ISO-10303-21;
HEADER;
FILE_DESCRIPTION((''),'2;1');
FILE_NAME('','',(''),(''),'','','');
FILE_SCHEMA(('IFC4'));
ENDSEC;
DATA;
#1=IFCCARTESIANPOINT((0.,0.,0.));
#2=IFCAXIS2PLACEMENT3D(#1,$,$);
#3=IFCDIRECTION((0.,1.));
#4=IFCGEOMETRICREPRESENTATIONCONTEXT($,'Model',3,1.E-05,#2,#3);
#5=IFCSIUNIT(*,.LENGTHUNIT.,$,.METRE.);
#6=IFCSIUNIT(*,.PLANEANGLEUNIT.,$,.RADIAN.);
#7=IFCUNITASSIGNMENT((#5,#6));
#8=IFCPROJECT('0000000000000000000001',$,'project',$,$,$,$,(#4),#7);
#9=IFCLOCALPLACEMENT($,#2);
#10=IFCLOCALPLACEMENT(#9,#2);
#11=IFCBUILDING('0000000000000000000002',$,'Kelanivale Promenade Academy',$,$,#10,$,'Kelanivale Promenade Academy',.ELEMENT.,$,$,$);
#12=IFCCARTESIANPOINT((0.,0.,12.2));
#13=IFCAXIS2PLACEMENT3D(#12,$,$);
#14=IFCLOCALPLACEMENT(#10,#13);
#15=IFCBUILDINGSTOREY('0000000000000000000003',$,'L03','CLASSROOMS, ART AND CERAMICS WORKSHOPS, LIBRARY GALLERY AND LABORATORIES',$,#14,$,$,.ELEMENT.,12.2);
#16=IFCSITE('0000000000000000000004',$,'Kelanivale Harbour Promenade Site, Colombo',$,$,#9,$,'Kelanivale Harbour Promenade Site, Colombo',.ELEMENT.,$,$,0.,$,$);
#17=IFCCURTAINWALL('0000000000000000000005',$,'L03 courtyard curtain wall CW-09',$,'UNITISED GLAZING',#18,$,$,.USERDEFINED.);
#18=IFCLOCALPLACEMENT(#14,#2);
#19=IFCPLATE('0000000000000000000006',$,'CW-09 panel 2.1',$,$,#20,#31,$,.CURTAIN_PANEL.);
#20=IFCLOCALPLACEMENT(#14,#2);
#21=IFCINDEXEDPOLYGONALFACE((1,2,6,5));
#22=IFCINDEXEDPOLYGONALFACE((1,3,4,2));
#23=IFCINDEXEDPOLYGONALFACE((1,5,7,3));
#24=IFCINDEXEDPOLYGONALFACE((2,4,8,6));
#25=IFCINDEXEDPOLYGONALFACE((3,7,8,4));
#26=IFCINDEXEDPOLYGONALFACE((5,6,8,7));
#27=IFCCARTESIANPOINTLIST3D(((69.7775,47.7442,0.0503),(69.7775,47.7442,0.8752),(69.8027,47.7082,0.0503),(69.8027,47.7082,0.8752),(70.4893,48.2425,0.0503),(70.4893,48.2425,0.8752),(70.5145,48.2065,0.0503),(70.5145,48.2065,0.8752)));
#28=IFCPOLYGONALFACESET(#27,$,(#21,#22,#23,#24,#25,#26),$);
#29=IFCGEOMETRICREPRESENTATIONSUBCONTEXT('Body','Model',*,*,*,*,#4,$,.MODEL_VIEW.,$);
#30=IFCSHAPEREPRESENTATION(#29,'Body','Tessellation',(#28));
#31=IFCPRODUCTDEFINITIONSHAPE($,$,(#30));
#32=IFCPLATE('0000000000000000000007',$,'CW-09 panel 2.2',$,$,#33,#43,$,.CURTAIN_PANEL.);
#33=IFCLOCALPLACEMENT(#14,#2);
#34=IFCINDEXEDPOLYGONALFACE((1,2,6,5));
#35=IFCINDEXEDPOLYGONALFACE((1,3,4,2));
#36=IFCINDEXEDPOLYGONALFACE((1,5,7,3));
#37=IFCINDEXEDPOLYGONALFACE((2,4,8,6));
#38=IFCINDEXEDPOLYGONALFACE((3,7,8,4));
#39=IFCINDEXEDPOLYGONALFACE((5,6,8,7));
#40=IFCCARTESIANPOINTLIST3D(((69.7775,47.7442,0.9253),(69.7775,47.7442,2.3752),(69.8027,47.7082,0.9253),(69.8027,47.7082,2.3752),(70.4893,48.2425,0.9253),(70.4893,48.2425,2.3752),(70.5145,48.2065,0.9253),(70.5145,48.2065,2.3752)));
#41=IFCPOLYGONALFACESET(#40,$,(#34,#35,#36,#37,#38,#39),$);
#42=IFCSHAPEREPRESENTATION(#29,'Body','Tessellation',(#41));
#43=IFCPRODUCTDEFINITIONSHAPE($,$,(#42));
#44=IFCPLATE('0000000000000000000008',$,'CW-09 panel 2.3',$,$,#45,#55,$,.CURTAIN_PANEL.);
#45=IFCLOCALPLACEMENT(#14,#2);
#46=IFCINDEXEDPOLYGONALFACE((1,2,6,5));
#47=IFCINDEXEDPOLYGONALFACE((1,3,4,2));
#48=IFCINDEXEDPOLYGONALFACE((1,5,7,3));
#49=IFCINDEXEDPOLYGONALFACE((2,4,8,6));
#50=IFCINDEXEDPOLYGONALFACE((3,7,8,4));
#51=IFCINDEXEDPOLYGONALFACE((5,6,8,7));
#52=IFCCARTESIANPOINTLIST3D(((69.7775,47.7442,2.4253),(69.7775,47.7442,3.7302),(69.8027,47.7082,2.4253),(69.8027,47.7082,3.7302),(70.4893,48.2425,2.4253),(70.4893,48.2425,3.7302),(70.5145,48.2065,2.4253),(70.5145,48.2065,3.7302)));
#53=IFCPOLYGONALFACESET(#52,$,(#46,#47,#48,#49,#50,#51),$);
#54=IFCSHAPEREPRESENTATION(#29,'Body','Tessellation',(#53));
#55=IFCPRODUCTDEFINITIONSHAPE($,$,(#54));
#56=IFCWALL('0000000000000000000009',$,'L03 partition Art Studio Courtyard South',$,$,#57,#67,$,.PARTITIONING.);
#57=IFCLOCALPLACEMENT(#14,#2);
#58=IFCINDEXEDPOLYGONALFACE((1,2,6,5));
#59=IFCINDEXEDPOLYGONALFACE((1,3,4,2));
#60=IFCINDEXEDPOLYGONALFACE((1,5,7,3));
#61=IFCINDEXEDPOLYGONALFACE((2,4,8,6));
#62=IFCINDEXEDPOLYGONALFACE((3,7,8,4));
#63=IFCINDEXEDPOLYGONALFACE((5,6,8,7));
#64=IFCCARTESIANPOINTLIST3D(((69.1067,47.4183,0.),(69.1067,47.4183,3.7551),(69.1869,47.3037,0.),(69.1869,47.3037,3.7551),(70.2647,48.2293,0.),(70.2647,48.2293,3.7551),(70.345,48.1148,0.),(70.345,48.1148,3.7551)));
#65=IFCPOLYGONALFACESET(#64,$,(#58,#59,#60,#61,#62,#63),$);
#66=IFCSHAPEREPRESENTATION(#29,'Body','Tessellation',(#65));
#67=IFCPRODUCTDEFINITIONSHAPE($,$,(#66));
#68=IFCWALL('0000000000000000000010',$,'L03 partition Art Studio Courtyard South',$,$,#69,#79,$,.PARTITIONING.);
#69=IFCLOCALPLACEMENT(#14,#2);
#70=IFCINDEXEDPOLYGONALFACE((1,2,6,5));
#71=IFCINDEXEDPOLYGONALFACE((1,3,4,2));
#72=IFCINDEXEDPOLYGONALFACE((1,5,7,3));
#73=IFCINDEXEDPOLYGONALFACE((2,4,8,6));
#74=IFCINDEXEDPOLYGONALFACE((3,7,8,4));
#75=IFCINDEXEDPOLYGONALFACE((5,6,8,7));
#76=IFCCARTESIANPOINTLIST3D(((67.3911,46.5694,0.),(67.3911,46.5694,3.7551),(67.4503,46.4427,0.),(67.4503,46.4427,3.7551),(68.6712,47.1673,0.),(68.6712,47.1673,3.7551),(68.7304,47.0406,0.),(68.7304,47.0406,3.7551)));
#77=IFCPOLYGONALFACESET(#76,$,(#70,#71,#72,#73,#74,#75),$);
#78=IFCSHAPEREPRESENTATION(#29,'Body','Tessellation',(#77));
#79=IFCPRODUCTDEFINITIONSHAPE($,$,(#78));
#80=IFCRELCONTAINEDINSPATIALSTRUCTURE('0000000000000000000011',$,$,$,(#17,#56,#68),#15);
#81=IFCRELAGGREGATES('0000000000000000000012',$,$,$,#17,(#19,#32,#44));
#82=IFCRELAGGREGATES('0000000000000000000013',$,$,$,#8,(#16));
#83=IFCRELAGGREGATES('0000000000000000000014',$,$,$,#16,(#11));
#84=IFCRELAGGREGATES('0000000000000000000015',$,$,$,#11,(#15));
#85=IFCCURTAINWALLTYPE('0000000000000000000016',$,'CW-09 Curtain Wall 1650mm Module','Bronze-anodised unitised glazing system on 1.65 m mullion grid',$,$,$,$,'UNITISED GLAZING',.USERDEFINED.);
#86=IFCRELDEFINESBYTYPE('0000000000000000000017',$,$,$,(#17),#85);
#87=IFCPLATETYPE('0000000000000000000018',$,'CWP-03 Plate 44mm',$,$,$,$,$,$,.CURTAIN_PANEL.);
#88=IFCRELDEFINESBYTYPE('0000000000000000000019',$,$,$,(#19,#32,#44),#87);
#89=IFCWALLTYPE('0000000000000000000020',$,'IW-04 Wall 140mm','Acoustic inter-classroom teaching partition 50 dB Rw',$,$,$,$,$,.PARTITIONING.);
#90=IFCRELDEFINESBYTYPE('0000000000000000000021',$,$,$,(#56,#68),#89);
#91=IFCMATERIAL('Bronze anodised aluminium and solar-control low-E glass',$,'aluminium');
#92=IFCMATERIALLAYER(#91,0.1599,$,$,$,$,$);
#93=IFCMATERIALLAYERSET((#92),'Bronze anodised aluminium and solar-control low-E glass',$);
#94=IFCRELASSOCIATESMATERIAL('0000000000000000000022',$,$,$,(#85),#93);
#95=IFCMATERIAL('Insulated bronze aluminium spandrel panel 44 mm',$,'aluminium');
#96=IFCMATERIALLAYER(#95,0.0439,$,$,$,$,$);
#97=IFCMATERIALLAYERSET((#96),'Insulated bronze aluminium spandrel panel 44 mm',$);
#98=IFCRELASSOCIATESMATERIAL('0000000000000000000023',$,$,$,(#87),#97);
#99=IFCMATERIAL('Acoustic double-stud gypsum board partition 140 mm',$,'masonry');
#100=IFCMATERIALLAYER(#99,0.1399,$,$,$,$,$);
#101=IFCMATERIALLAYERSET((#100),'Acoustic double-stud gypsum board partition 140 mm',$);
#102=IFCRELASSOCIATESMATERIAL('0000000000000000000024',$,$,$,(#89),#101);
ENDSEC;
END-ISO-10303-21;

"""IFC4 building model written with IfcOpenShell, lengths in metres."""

from ifc_helpers import new_model, si_unit, direction, frame, frame_2d, origin, origin_2d, place, context, subcontext, project, spatial, rectangle, extrude, material, layer, layer_set, type_object, element, aggregate, save


model = new_model("IFC4")

# Units and contexts
model_context = context("Model", 3, precision=1e-05, world=origin(), true_north=direction((0.0, 1.0)))
body_context = subcontext(model_context, "Body", "Model", "MODEL_VIEW")
ifc_project = project(units=[si_unit("LENGTHUNIT", "METRE"), si_unit("PLANEANGLEUNIT", "RADIAN")], contexts=[model_context])

# Site, building, storey
site_placement = place(None, origin())
site = spatial("IfcSite", under=ifc_project, at=site_placement, Name="Kelanivale Harbour Promenade Site, Colombo", LongName="Kelanivale Harbour Promenade Site, Colombo", CompositionType="ELEMENT", RefElevation=0.0)
building_placement = place(site_placement, origin())
building = spatial("IfcBuilding", under=site, at=building_placement, Name="Kelanivale Promenade Academy", LongName="Kelanivale Promenade Academy", CompositionType="ELEMENT")
storey_placement = place(building_placement, frame((0.0, 0.0, 12.2)))
storey = spatial("IfcBuildingStorey", under=building, at=storey_placement, Name="L03", Description="CLASSROOMS, ART AND CERAMICS WORKSHOPS, LIBRARY GALLERY AND LABORATORIES", CompositionType="ELEMENT", Elevation=12.2)

# Curtain wall
ifc_material_1 = material(Name="Bronze anodised aluminium and solar-control low-E glass", Category="aluminium")
ifc_layer_1 = layer(ifc_material_1, 0.1599)
ifc_layer_set_1 = layer_set([ifc_layer_1], Name="Bronze anodised aluminium and solar-control low-E glass")
curtain_wall_type_1 = type_object("IfcCurtainWallType", Name="CW-09 Curtain Wall 1650mm Module", Description="Bronze-anodised unitised glazing system on 1.65 m mullion grid", ElementType="UNITISED GLAZING", PredefinedType="USERDEFINED", material=ifc_layer_set_1)
curtain_wall_1_placement = place(storey_placement, origin())
curtain_wall_1 = element("IfcCurtainWall", 1, at=curtain_wall_1_placement, inside=storey, type_object=curtain_wall_type_1, Name="L03 courtyard curtain wall CW-09", ObjectType="UNITISED GLAZING", PredefinedType="USERDEFINED")

# Plates
ifc_material_2 = material(Name="Insulated bronze aluminium spandrel panel 44 mm", Category="aluminium")
ifc_layer_2 = layer(ifc_material_2, 0.0439)
ifc_layer_set_2 = layer_set([ifc_layer_2], Name="Insulated bronze aluminium spandrel panel 44 mm")
plate_type_1 = type_object("IfcPlateType", Name="CWP-03 Plate 44mm", PredefinedType="CURTAIN_PANEL", material=ifc_layer_set_2)
plate_1_placement = place(storey_placement, frame((70.146, 47.9753, 0.0503), z_axis=(0.0, 0.0, 1.0), x_axis=(0.819158, 0.573567, 0.0)))
plate_1 = element("IfcPlate", 2, at=plate_1_placement, type_object=plate_type_1, Name="CW-09 panel 2.1", PredefinedType="CURTAIN_PANEL", context=body_context, shape_type="SweptSolid", body=[
    extrude(rectangle(XDim=0.8689, YDim=0.0439, at=origin_2d()), origin(), (0.0, 0.0, 1.0), 0.825),
])
plate_2_placement = place(storey_placement, frame((70.146, 47.9753, 0.9253), z_axis=(0.0, 0.0, 1.0), x_axis=(0.819158, 0.573567, 0.0)))
plate_2 = element("IfcPlate", 3, at=plate_2_placement, type_object=plate_type_1, Name="CW-09 panel 2.2", PredefinedType="CURTAIN_PANEL", context=body_context, shape_type="SweptSolid", body=[
    extrude(rectangle(XDim=0.8689, YDim=0.0439, at=origin_2d()), origin(), (0.0, 0.0, 1.0), 1.45),
])
plate_3_placement = place(storey_placement, frame((70.146, 47.9753, 2.4253), z_axis=(0.0, 0.0, 1.0), x_axis=(0.819158, 0.573567, 0.0)))
plate_3 = element("IfcPlate", 4, at=plate_3_placement, type_object=plate_type_1, Name="CW-09 panel 2.3", PredefinedType="CURTAIN_PANEL", context=body_context, shape_type="SweptSolid", body=[
    extrude(rectangle(XDim=0.8689, YDim=0.0439, at=origin_2d()), origin(), (0.0, 0.0, 1.0), 1.3049),
])
aggregate(curtain_wall_1, [plate_1, plate_2, plate_3])

# Walls
ifc_material_3 = material(Name="Acoustic double-stud gypsum board partition 140 mm", Category="masonry")
ifc_layer_3 = layer(ifc_material_3, 0.1399)
ifc_layer_set_3 = layer_set([ifc_layer_3], Name="Acoustic double-stud gypsum board partition 140 mm")
wall_type = type_object("IfcWallType", Name="IW-04 Wall 140mm", Description="Acoustic inter-classroom teaching partition 50 dB Rw", PredefinedType="PARTITIONING", material=ifc_layer_set_3)
wall_1_placement = place(storey_placement, frame((70.3049, 48.1721, 0.0), z_axis=(0.0, 0.0, 1.0), x_axis=(-0.819078, -0.573683, 0.0)))
element("IfcWall", 5, at=wall_1_placement, inside=storey, type_object=wall_type, Name="L03 partition Art Studio Courtyard South", PredefinedType="PARTITIONING", context=body_context, shape_type="SweptSolid", body=[
    extrude(rectangle(XDim=1.4138, YDim=0.1399, at=frame_2d((0.707, 0.0))), origin(), (0.0, 0.0, 1.0), 3.7551),
])
wall_2_placement = place(storey_placement, frame((68.7009, 47.104, 0.0), z_axis=(0.0, 0.0, 1.0), x_axis=(-0.906033, -0.423207, 0.0)))
element("IfcWall", 6, at=wall_2_placement, inside=storey, type_object=wall_type, Name="L03 partition Art Studio Courtyard South", PredefinedType="PARTITIONING", context=body_context, shape_type="SweptSolid", body=[
    extrude(rectangle(XDim=1.4128, YDim=0.1399, at=frame_2d((0.7065, 0.0))), origin(), (0.0, 0.0, 1.0), 3.7551),
])

save(model, "model.ifc")
